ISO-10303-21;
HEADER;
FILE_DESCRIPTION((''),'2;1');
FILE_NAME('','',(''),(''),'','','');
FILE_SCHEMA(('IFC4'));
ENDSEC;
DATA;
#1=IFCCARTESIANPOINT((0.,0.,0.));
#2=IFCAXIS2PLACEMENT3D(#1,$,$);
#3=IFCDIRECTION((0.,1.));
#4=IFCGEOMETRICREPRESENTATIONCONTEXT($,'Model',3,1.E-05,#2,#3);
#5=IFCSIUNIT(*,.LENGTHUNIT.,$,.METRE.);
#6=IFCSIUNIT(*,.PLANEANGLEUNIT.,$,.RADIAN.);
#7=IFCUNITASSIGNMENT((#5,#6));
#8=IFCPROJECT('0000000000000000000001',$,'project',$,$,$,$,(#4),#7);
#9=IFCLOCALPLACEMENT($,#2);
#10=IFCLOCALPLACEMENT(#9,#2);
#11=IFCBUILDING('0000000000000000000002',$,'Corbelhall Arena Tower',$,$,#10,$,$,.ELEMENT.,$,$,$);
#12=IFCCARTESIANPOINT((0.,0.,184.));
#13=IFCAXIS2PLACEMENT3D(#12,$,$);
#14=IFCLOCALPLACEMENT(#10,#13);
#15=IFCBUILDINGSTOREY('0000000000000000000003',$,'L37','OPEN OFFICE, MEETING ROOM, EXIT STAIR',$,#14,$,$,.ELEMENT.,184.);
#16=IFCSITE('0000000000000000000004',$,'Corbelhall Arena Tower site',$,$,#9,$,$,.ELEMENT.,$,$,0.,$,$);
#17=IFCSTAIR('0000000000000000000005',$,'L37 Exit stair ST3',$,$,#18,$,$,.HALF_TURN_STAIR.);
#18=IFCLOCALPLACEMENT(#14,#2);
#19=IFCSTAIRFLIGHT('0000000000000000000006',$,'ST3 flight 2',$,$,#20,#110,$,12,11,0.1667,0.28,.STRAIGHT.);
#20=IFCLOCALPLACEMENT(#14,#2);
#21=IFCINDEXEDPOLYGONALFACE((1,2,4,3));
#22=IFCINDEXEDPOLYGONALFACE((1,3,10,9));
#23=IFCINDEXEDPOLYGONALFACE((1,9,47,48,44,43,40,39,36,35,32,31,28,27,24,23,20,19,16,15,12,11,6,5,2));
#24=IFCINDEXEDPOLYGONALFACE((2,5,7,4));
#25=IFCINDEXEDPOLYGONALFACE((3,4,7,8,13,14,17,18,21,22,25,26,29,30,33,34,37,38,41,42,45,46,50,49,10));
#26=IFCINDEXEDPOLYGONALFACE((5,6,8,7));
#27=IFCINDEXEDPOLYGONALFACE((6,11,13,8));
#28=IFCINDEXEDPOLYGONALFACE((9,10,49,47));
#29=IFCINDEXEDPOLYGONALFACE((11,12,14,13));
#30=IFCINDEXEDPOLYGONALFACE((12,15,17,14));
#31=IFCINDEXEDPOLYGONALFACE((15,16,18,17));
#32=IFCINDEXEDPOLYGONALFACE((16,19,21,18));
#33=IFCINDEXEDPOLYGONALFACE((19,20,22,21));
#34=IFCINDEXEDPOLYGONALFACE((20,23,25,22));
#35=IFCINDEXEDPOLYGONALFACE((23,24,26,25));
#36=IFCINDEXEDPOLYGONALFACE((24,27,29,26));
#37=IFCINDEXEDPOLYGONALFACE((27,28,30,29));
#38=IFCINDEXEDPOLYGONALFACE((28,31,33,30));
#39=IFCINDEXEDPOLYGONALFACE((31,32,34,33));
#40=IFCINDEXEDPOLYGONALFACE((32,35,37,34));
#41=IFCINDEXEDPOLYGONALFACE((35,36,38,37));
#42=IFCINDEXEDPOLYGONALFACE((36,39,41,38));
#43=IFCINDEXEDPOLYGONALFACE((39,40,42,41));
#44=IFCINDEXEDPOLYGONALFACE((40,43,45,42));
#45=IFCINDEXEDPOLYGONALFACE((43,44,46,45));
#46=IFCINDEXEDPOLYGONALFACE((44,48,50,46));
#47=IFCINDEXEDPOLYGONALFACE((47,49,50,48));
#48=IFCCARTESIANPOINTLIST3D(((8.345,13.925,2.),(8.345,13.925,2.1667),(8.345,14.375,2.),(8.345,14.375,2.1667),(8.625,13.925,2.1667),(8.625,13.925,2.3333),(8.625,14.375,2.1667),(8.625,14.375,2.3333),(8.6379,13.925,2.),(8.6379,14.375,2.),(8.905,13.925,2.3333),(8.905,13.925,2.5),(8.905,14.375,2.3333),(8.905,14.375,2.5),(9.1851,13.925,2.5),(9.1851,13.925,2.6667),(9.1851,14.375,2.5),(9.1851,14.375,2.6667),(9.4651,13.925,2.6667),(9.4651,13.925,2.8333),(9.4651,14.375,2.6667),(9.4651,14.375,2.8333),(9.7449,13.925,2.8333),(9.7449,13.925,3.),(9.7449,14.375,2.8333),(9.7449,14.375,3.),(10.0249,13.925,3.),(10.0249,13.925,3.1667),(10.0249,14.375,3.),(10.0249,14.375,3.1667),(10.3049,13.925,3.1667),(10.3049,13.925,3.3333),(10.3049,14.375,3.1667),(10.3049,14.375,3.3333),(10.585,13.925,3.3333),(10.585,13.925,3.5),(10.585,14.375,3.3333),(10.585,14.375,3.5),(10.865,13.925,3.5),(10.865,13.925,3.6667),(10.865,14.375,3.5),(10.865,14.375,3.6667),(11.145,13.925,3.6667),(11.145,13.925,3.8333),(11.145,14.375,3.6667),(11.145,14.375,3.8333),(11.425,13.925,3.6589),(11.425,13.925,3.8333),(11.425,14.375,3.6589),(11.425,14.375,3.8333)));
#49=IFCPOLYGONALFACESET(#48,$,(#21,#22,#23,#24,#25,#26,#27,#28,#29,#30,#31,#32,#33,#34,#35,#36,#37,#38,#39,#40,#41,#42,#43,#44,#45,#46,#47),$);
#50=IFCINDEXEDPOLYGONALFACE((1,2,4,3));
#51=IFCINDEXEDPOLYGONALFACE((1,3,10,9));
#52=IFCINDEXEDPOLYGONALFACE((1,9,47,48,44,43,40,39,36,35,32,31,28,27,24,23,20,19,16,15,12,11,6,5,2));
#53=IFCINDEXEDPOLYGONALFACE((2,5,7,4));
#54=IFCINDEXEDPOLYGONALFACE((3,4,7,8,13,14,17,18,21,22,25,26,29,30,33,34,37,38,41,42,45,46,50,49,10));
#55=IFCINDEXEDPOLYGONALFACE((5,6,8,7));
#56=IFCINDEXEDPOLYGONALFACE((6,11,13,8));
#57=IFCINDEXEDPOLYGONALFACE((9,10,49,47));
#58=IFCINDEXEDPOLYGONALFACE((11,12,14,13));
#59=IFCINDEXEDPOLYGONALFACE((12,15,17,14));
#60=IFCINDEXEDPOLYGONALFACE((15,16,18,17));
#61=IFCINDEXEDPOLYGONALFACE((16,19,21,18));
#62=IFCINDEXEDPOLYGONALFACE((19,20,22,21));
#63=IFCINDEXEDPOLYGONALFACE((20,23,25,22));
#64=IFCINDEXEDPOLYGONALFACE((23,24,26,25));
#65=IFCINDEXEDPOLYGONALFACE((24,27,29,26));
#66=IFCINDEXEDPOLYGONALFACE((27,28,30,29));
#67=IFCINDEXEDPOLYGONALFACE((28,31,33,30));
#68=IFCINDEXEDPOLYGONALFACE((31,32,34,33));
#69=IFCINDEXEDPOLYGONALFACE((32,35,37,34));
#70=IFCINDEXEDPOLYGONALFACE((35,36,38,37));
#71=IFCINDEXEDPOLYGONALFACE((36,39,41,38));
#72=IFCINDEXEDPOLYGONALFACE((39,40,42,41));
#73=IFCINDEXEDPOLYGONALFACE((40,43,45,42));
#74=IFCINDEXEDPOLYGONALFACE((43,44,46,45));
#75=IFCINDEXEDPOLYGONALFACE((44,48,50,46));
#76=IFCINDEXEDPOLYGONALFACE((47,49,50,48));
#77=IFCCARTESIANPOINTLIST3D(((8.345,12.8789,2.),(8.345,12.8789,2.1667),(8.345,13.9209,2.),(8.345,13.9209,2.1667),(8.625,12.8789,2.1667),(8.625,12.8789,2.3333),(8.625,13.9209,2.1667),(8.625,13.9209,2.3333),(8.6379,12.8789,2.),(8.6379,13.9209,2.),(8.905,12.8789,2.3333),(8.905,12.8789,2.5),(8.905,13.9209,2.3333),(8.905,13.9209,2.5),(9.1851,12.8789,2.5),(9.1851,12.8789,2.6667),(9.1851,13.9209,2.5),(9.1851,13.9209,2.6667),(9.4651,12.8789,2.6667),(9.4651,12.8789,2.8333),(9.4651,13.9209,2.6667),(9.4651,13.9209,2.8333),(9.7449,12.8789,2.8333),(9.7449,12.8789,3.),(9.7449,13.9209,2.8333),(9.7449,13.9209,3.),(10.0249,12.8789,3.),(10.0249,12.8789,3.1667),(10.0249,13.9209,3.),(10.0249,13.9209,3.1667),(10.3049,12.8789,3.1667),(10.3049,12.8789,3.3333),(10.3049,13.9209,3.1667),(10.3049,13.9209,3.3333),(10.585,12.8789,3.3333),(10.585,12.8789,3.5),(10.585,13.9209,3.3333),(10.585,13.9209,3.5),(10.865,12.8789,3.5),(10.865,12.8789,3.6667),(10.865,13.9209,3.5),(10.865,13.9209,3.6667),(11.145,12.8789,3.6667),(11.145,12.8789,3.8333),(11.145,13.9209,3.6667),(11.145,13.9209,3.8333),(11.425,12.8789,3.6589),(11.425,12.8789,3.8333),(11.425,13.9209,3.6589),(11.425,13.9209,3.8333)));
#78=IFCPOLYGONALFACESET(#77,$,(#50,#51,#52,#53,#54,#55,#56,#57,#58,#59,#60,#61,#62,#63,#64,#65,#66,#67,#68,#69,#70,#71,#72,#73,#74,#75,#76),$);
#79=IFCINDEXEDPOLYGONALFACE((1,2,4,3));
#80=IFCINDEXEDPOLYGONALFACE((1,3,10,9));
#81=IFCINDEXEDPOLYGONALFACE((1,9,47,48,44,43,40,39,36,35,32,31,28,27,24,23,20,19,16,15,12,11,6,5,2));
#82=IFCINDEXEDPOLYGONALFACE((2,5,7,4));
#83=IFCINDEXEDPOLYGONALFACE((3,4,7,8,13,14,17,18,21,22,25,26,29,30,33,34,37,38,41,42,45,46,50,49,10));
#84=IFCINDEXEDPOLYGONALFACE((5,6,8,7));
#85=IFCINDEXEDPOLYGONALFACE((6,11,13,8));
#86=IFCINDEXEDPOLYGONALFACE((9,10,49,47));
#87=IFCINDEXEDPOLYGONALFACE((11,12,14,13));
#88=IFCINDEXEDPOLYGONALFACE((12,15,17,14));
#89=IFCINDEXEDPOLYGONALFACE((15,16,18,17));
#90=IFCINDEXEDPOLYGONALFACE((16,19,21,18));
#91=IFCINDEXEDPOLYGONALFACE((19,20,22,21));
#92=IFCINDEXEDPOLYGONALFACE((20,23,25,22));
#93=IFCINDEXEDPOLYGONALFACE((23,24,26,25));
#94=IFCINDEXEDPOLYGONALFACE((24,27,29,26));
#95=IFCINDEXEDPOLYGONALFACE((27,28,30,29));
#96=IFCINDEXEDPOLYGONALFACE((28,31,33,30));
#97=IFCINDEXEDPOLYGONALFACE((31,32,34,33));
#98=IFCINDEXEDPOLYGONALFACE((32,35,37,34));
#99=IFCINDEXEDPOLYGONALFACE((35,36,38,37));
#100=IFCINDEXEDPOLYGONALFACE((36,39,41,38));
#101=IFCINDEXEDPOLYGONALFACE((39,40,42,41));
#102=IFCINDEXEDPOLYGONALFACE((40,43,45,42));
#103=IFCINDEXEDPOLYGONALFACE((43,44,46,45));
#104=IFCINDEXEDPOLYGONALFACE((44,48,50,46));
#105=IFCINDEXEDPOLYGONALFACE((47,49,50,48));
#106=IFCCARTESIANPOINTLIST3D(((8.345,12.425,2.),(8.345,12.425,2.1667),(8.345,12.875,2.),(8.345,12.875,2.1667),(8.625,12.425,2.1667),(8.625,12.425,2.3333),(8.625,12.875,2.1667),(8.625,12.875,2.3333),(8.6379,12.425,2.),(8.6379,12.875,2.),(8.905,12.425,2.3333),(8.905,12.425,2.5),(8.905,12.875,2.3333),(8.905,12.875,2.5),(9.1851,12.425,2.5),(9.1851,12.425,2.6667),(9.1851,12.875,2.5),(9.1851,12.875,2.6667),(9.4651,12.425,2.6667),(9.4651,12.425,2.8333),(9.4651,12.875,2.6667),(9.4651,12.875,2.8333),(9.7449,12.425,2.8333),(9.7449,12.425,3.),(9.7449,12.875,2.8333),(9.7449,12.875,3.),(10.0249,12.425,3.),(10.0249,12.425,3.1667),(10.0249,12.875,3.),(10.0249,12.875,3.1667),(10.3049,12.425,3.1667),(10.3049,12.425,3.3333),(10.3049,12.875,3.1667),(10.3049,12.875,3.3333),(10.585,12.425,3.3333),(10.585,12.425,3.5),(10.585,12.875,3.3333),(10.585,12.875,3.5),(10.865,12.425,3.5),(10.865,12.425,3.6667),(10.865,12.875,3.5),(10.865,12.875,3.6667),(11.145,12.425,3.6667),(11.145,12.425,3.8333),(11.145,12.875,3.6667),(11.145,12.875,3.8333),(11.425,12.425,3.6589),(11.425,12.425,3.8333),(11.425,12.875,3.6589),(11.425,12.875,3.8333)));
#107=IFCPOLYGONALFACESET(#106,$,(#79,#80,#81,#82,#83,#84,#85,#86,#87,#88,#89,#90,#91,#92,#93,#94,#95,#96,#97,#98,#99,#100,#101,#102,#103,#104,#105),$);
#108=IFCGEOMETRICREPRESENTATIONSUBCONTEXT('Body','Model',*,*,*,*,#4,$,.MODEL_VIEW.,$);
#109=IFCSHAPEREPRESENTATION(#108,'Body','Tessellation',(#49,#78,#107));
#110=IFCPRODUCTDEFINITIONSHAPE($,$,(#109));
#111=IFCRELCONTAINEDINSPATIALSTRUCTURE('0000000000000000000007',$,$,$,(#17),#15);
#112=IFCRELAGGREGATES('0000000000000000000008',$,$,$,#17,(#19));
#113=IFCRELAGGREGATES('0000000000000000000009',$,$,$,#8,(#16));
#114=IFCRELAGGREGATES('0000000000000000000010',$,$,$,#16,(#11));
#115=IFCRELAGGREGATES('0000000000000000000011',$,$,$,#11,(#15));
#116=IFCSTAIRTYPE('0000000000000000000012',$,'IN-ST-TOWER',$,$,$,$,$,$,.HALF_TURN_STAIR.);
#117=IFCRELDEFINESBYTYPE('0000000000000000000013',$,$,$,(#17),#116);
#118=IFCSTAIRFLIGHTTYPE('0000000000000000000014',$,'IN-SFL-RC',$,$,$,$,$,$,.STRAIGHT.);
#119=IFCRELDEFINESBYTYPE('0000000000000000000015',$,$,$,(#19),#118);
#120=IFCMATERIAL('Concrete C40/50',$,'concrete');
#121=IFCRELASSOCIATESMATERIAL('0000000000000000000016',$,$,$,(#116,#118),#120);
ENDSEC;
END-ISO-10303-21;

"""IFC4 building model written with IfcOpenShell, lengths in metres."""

from ifc_helpers import new_model, si_unit, direction, frame, origin, place, context, subcontext, project, spatial, polyline, outline, extrude, material, type_object, element, aggregate, save


model = new_model("IFC4")

# Units and contexts
model_context = context("Model", 3, precision=1e-05, world=origin(), true_north=direction((0.0, 1.0)))
body_context = subcontext(model_context, "Body", "Model", "MODEL_VIEW")
ifc_project = project(units=[si_unit("LENGTHUNIT", "METRE"), si_unit("PLANEANGLEUNIT", "RADIAN")], contexts=[model_context])

# Site, building, storey
site_placement = place(None, origin())
site = spatial("IfcSite", under=ifc_project, at=site_placement, Name="Corbelhall Arena Tower site", CompositionType="ELEMENT", RefElevation=0.0)
building_placement = place(site_placement, origin())
building = spatial("IfcBuilding", under=site, at=building_placement, Name="Corbelhall Arena Tower", CompositionType="ELEMENT")
storey_placement = place(building_placement, frame((0.0, 0.0, 184.0)))
storey = spatial("IfcBuildingStorey", under=building, at=storey_placement, Name="L37", Description="OPEN OFFICE, MEETING ROOM, EXIT STAIR", CompositionType="ELEMENT", Elevation=184.0)

# Shared definitions
ifc_material_1 = material(Name="Concrete C40/50", Category="concrete")

# Stair, stair flight
stair_type = type_object("IfcStairType", Name="IN-ST-TOWER", PredefinedType="HALF_TURN_STAIR", material=ifc_material_1)
stair_placement = place(storey_placement, origin())
stair = element("IfcStair", 1, at=stair_placement, inside=storey, type_object=stair_type, Name="L37 Exit stair ST3", PredefinedType="HALF_TURN_STAIR")
stair_flight_type = type_object("IfcStairFlightType", Name="IN-SFL-RC", PredefinedType="STRAIGHT", material=ifc_material_1)
stair_flight_placement = place(storey_placement, frame((8.345, 13.3999, 2.0), z_axis=(0.0, 0.0, 1.0), x_axis=(1.0, 0.0, 0.0)))
stair_flight = element("IfcStairFlight", 2, at=stair_flight_placement, type_object=stair_flight_type, Name="ST3 flight 2", NumberOfRisers=12, NumberOfTreads=11, PredefinedType="STRAIGHT", RiserHeight=0.1667, TreadLength=0.28, context=body_context, shape_type="SweptSolid", body=[
    extrude(outline(polyline([(0.0, 0.0), (0.0, 0.1667), (0.28, 0.1667), (0.28, 0.3333), (0.5601, 0.3333), (0.5601, 0.5), (0.8401, 0.5), (0.8401, 0.6667), (1.1201, 0.6667), (1.1201, 0.8333), (1.3999, 0.8333), (1.3999, 1.0), (1.6799, 1.0), (1.6799, 1.1667), (1.96, 1.1667), (1.96, 1.3333), (2.24, 1.3333), (2.24, 1.5), (2.52, 1.5), (2.52, 1.6667), (2.8, 1.6667), (2.8, 1.8333), (3.0801, 1.8333), (3.0801, 2.0), (3.0801, 1.6589), (0.293, 0.0), (0.0, 0.0)])), frame((0.0, 0.9751, 0.0), z_axis=(0.0, -1.0, 0.0), x_axis=(1.0, 0.0, 0.0)), (0.0, 0.0, 1.0), 0.45),
    extrude(outline(polyline([(0.0, 0.0), (0.0, 0.1667), (0.28, 0.1667), (0.28, 0.3333), (0.5601, 0.3333), (0.5601, 0.5), (0.8401, 0.5), (0.8401, 0.6667), (1.1201, 0.6667), (1.1201, 0.8333), (1.3999, 0.8333), (1.3999, 1.0), (1.6799, 1.0), (1.6799, 1.1667), (1.96, 1.1667), (1.96, 1.3333), (2.24, 1.3333), (2.24, 1.5), (2.52, 1.5), (2.52, 1.6667), (2.8, 1.6667), (2.8, 1.8333), (3.0801, 1.8333), (3.0801, 2.0), (3.0801, 1.6589), (0.293, 0.0), (0.0, 0.0)])), frame((0.0, 0.521, 0.0), z_axis=(0.0, -1.0, 0.0), x_axis=(1.0, 0.0, 0.0)), (0.0, 0.0, 1.0), 1.042),
    extrude(outline(polyline([(0.0, 0.0), (0.0, 0.1667), (0.28, 0.1667), (0.28, 0.3333), (0.5601, 0.3333), (0.5601, 0.5), (0.8401, 0.5), (0.8401, 0.6667), (1.1201, 0.6667), (1.1201, 0.8333), (1.3999, 0.8333), (1.3999, 1.0), (1.6799, 1.0), (1.6799, 1.1667), (1.96, 1.1667), (1.96, 1.3333), (2.24, 1.3333), (2.24, 1.5), (2.52, 1.5), (2.52, 1.6667), (2.8, 1.6667), (2.8, 1.8333), (3.0801, 1.8333), (3.0801, 2.0), (3.0801, 1.6589), (0.293, 0.0), (0.0, 0.0)])), frame((0.0, -0.5249, 0.0), z_axis=(0.0, -1.0, 0.0), x_axis=(1.0, 0.0, 0.0)), (0.0, 0.0, 1.0), 0.45),
])
aggregate(stair, [stair_flight])

save(model, "model.ifc")
